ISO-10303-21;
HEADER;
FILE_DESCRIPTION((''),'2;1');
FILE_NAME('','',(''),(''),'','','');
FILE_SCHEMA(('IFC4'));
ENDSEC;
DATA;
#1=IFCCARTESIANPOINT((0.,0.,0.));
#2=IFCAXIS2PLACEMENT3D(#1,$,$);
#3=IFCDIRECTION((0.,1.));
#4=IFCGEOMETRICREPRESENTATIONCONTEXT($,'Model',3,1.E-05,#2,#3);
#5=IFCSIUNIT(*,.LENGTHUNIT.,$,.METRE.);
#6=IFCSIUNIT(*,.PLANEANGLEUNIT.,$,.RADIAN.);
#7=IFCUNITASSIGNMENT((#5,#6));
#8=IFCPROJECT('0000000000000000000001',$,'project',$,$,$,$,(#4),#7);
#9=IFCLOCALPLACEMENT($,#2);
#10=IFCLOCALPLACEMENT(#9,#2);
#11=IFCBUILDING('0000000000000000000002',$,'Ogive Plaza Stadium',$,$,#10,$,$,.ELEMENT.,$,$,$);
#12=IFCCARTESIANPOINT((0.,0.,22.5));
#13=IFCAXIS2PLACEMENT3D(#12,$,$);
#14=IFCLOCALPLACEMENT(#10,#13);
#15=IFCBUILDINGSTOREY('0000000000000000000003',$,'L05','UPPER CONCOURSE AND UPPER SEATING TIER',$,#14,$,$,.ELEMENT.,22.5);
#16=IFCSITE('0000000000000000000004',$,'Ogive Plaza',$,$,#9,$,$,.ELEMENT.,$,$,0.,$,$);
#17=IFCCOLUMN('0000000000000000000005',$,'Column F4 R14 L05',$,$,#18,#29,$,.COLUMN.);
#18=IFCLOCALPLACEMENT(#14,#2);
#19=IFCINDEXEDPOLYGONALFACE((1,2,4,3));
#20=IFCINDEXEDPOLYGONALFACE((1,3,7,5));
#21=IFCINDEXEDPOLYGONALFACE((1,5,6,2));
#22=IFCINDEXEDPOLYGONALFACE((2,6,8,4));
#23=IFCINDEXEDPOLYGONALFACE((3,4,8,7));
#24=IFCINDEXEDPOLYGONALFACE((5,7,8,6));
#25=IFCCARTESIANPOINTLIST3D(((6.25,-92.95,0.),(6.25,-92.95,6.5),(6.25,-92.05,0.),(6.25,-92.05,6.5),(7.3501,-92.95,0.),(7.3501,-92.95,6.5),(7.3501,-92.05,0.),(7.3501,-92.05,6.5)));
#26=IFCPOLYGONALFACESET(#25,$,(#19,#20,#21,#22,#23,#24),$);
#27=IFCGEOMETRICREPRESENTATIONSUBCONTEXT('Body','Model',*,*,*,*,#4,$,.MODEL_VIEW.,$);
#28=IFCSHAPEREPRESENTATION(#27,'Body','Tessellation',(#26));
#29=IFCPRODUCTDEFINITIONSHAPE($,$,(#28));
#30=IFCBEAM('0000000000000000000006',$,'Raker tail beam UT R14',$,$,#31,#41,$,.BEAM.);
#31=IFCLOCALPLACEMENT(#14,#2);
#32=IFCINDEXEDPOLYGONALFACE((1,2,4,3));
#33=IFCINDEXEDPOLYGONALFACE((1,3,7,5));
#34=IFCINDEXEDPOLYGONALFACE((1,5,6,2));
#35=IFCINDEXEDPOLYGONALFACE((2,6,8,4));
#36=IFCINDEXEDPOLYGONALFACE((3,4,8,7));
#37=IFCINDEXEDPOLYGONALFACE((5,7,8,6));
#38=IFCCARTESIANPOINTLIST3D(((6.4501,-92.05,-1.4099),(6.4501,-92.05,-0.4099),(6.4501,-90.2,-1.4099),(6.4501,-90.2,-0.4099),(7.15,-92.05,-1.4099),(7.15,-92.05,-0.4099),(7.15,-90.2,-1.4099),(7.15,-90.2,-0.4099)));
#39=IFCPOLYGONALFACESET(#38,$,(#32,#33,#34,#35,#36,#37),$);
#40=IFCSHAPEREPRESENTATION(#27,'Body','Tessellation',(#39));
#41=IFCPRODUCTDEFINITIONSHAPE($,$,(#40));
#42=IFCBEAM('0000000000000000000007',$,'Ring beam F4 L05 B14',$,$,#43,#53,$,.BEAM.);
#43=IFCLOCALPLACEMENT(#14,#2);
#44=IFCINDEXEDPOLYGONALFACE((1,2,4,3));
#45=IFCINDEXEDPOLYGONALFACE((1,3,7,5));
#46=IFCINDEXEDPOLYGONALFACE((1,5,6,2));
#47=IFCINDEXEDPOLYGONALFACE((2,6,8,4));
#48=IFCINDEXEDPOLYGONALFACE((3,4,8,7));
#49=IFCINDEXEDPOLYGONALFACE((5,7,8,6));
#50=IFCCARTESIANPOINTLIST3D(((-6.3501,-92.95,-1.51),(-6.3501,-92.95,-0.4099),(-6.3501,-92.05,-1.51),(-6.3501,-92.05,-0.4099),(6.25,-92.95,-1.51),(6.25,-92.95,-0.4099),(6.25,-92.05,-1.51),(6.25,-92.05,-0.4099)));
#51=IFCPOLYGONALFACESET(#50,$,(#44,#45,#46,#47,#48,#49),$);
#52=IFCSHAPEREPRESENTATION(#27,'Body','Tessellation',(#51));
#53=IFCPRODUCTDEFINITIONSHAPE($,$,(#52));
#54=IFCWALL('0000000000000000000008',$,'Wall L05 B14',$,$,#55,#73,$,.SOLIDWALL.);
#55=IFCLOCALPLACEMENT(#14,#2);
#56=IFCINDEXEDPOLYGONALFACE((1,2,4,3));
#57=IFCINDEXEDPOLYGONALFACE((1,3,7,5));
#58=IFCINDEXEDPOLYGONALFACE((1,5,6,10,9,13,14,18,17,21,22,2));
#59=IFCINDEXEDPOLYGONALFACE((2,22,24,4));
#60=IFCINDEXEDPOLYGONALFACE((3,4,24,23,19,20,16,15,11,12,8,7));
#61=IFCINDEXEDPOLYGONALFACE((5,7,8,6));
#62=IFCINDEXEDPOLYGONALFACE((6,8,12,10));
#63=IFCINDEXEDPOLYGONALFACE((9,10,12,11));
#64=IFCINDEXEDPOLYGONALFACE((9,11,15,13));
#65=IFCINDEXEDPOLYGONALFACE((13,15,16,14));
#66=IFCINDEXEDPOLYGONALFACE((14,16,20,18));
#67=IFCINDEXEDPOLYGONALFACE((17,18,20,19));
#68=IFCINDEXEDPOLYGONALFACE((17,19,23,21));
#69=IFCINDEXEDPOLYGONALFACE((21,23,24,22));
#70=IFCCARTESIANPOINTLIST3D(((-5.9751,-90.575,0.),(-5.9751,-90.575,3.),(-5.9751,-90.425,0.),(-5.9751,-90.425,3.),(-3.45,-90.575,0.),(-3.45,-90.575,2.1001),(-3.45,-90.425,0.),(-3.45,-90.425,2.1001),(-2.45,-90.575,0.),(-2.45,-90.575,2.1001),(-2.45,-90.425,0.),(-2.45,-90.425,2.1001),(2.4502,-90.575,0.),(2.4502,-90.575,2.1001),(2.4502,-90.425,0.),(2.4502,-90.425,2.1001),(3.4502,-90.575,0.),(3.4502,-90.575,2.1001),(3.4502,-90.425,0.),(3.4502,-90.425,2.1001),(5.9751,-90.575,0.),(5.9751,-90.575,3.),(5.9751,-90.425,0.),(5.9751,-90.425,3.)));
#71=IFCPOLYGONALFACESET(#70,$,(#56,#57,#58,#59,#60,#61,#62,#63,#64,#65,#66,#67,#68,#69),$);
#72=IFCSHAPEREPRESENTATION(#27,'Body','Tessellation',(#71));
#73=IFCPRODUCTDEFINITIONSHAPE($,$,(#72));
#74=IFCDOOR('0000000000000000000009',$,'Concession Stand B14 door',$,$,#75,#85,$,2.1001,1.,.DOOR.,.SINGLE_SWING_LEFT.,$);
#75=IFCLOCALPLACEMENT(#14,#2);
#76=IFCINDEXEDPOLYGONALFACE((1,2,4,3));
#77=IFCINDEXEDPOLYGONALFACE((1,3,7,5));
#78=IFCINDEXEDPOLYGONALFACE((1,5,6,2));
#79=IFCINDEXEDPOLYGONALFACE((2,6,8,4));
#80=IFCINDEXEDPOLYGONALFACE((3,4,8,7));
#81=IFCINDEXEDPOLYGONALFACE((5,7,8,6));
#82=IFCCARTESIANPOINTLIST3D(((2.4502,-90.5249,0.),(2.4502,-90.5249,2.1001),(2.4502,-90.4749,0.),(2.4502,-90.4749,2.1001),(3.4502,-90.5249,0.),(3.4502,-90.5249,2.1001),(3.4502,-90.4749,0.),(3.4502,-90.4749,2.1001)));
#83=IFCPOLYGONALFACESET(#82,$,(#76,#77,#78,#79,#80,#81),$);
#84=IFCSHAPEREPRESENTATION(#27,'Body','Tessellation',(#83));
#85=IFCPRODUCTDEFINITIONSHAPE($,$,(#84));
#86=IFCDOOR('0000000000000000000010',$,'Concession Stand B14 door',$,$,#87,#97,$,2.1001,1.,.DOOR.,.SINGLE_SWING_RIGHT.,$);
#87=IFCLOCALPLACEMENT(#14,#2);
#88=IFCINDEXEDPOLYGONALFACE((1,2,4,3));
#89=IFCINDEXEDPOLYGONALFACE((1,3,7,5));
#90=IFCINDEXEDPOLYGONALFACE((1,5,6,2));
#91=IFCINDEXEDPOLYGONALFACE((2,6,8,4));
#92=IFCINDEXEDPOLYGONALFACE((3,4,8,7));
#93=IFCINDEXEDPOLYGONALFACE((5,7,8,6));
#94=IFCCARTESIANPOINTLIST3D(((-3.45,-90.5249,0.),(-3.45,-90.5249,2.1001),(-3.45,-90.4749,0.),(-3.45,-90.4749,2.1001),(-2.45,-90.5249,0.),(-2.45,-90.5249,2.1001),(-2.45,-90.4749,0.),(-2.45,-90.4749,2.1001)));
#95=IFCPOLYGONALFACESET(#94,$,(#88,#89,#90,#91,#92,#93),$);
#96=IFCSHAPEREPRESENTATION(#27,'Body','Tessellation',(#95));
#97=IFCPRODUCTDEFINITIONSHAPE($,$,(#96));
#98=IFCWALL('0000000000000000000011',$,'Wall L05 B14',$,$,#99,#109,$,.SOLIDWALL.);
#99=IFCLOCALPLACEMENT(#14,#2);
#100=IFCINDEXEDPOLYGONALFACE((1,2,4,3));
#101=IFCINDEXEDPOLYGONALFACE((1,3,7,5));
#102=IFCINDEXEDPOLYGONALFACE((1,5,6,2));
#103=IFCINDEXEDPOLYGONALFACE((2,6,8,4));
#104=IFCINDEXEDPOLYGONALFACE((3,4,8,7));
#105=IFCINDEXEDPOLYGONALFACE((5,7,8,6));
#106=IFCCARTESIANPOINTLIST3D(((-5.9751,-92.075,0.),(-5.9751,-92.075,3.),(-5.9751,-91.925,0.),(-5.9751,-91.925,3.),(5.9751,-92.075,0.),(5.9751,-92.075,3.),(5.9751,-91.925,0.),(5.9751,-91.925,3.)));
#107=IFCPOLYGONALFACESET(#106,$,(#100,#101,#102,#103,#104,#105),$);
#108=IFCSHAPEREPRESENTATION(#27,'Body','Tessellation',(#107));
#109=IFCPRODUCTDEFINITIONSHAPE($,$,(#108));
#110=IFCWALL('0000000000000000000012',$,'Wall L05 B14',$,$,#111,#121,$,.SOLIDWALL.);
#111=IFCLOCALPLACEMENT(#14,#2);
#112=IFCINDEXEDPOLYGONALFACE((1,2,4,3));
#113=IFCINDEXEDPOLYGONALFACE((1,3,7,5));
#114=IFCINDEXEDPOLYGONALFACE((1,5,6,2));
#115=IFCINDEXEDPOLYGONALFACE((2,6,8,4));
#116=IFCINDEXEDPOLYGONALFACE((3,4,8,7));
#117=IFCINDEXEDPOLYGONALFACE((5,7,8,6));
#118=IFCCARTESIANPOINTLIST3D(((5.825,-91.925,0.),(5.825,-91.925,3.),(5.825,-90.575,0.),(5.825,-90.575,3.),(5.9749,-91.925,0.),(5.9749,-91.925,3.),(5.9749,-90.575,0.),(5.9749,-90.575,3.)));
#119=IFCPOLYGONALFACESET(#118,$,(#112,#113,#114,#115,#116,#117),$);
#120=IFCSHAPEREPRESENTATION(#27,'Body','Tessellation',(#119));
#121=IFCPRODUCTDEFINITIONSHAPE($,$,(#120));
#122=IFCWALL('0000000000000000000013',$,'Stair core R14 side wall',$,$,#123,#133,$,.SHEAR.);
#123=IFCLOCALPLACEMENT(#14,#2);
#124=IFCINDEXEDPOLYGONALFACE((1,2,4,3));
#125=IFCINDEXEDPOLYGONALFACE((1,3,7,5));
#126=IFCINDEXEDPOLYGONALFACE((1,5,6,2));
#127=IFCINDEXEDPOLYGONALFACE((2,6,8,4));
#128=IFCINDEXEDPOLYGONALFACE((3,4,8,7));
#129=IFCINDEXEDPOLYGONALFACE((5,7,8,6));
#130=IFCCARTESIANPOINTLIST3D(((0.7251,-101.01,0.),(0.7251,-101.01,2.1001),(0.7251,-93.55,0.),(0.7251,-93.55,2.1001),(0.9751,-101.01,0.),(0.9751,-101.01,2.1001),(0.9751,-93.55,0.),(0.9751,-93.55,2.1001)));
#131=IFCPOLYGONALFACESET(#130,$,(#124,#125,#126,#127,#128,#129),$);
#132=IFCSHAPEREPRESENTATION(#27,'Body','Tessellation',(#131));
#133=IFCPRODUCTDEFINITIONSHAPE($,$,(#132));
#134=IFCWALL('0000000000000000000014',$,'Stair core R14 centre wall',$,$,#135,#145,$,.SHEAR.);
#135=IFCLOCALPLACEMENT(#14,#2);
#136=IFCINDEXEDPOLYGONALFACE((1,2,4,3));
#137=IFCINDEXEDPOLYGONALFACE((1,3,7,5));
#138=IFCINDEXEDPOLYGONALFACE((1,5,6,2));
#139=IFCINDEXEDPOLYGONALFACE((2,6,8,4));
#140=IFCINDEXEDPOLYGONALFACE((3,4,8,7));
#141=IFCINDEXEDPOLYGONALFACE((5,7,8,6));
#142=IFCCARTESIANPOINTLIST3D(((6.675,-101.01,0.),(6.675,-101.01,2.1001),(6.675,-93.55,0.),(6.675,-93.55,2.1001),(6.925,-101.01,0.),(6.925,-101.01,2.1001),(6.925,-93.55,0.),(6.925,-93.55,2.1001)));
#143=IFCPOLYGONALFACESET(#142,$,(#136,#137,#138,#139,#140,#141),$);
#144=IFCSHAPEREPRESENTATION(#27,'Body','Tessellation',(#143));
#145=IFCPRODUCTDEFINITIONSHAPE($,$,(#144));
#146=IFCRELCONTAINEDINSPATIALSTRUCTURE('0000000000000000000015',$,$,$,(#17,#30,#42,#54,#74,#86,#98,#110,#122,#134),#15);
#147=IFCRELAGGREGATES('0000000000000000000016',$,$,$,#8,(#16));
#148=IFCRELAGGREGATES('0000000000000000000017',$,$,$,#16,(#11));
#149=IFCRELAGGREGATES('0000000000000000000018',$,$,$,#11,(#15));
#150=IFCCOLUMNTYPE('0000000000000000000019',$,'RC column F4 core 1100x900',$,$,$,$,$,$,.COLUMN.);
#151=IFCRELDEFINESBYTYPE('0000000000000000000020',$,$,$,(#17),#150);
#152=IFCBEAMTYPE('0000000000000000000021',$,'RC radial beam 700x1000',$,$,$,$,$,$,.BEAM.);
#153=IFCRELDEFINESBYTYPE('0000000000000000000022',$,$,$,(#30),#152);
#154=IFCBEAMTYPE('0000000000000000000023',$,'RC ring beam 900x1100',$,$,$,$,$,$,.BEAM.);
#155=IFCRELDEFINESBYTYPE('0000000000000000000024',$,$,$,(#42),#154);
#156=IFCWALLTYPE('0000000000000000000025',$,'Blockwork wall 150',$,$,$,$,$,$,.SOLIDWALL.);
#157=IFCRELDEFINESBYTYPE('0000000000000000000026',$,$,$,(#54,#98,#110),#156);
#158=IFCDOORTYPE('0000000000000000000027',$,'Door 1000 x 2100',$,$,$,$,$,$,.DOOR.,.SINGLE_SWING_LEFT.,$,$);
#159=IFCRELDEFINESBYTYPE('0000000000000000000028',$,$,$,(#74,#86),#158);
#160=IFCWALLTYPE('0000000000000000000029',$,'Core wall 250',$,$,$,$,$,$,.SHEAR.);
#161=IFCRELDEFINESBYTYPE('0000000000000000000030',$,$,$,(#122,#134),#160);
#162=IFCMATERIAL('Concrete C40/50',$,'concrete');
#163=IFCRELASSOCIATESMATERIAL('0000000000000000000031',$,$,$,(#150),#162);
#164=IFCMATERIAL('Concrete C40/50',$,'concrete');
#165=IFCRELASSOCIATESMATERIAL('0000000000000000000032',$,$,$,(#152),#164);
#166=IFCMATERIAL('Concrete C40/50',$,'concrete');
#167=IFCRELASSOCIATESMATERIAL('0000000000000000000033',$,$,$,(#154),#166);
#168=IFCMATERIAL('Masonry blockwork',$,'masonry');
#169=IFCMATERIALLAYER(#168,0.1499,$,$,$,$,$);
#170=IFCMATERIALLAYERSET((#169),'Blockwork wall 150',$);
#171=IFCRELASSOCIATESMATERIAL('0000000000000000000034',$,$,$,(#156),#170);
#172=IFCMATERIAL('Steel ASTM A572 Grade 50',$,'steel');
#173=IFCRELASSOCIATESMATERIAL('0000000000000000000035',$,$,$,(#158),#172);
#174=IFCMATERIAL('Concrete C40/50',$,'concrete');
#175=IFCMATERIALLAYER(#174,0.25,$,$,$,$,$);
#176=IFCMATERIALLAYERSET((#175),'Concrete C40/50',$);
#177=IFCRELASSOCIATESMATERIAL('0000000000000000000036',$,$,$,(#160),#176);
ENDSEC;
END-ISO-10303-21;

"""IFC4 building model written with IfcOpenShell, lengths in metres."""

from ifc_helpers import new_model, si_unit, direction, frame, frame_2d, origin, origin_2d, place, context, subcontext, project, spatial, rectangle, extrude, material, layer, layer_set, material_profile, profile_set, type_object, element, fill, save


model = new_model("IFC4")

# Units and contexts
model_context = context("Model", 3, precision=1e-05, world=origin(), true_north=direction((0.0, 1.0)))
body_context = subcontext(model_context, "Body", "Model", "MODEL_VIEW")
ifc_project = project(units=[si_unit("LENGTHUNIT", "METRE"), si_unit("PLANEANGLEUNIT", "RADIAN")], contexts=[model_context])

# Site, building, storey
site_placement = place(None, origin())
site = spatial("IfcSite", under=ifc_project, at=site_placement, Name="Ogive Plaza", CompositionType="ELEMENT", RefElevation=0.0)
building_placement = place(site_placement, origin())
building = spatial("IfcBuilding", under=site, at=building_placement, Name="Ogive Plaza Stadium", CompositionType="ELEMENT")
storey_placement = place(building_placement, frame((0.0, 0.0, 22.5)))
storey = spatial("IfcBuildingStorey", under=building, at=storey_placement, Name="L05", Description="UPPER CONCOURSE AND UPPER SEATING TIER", CompositionType="ELEMENT", Elevation=22.5)

# Column
ifc_material_1 = material(Name="Concrete C40/50", Category="concrete")
ifc_material_profile_1 = material_profile(ifc_material_1, rectangle(XDim=1.1001, YDim=0.8999, at=origin_2d()), Name="RC 1100x900")
ifc_profile_set_1 = profile_set([ifc_material_profile_1], Name="Concrete C40/50")
column_type = type_object("IfcColumnType", Name="RC column F4 core 1100x900", PredefinedType="COLUMN", material=ifc_profile_set_1)
column_placement = place(storey_placement, frame((6.8, -92.5, 0.0), z_axis=(0.0, 0.0, 1.0), x_axis=(1.0, 0.0, 0.0)))
element("IfcColumn", 1, at=column_placement, inside=storey, type_object=column_type, Name="Column F4 R14 L05", PredefinedType="COLUMN", context=body_context, shape_type="SweptSolid", body=[
    extrude(rectangle(XDim=1.1001, YDim=0.8999, at=origin_2d()), origin(), (0.0, 0.0, 1.0), 6.5),
])

# Beams
ifc_material_2 = material(Name="Concrete C40/50", Category="concrete")
ifc_material_profile_2 = material_profile(ifc_material_2, rectangle(XDim=0.7, YDim=1.0, at=origin_2d()), Name="RC 700x1000")
ifc_profile_set_2 = profile_set([ifc_material_profile_2], Name="Concrete C40/50")
beam_type_1 = type_object("IfcBeamType", Name="RC radial beam 700x1000", PredefinedType="BEAM", material=ifc_profile_set_2)
beam_1_placement = place(storey_placement, frame((6.8, -90.2, -0.9099), z_axis=(0.0, -1.0, 0.0), x_axis=(1.0, 0.0, 0.0)))
element("IfcBeam", 2, at=beam_1_placement, inside=storey, type_object=beam_type_1, Name="Raker tail beam UT R14", PredefinedType="BEAM", context=body_context, shape_type="SweptSolid", body=[
    extrude(rectangle(XDim=0.7, YDim=1.0, at=origin_2d()), origin(), (0.0, 0.0, 1.0), 1.8501),
])
ifc_material_3 = material(Name="Concrete C40/50", Category="concrete")
ifc_material_profile_3 = material_profile(ifc_material_3, rectangle(XDim=0.8999, YDim=1.1001, at=origin_2d()), Name="RC 900x1100")
ifc_profile_set_3 = profile_set([ifc_material_profile_3], Name="Concrete C40/50")
beam_type_2 = type_object("IfcBeamType", Name="RC ring beam 900x1100", PredefinedType="BEAM", material=ifc_profile_set_3)
beam_2_placement = place(storey_placement, frame((6.25, -92.5, -0.96), z_axis=(-1.0, 0.0, 0.0), x_axis=(0.0, -1.0, 0.0)))
element("IfcBeam", 3, at=beam_2_placement, inside=storey, type_object=beam_type_2, Name="Ring beam F4 L05 B14", PredefinedType="BEAM", context=body_context, shape_type="SweptSolid", body=[
    extrude(rectangle(XDim=0.8999, YDim=1.1001, at=origin_2d()), origin(), (0.0, 0.0, 1.0), 12.6001),
])

# Wall, openings, doors
ifc_material_4 = material(Name="Masonry blockwork", Category="masonry")
ifc_layer_1 = layer(ifc_material_4, 0.1499)
ifc_layer_set_1 = layer_set([ifc_layer_1], Name="Blockwork wall 150")
wall_type_1 = type_object("IfcWallType", Name="Blockwork wall 150", PredefinedType="SOLIDWALL", material=ifc_layer_set_1)
wall_1_placement = place(storey_placement, frame((5.9751, -90.5, 0.0), z_axis=(0.0, 0.0, 1.0), x_axis=(-1.0, 0.0, 0.0)))
wall_1 = element("IfcWall", 4, at=wall_1_placement, inside=storey, type_object=wall_type_1, Name="Wall L05 B14", PredefinedType="SOLIDWALL", context=body_context, shape_type="SweptSolid", body=[
    extrude(rectangle(XDim=11.9502, YDim=0.1499, at=frame_2d((5.9751, 0.0))), origin(), (0.0, 0.0, 1.0), 3.0),
])
opening_1_placement = place(wall_1_placement, frame((2.5249, 0.0, 0.0)))
opening_1 = element("IfcOpeningElement", 5, at=opening_1_placement, cuts=wall_1, PredefinedType="OPENING", context=body_context, shape_type="SweptSolid", body=[
    extrude(rectangle(XDim=1.0, YDim=2.1001, at=frame_2d((0.5, 1.05))), frame((0.0, 0.075, 0.0), z_axis=(0.0, -1.0, 0.0), x_axis=(1.0, 0.0, 0.0)), (0.0, 0.0, 1.0), 0.1499),
])
opening_2_placement = place(wall_1_placement, frame((8.425, 0.0, 0.0)))
opening_2 = element("IfcOpeningElement", 6, at=opening_2_placement, cuts=wall_1, PredefinedType="OPENING", context=body_context, shape_type="SweptSolid", body=[
    extrude(rectangle(XDim=1.0, YDim=2.1001, at=frame_2d((0.5, 1.05))), frame((0.0, 0.075, 0.0), z_axis=(0.0, -1.0, 0.0), x_axis=(1.0, 0.0, 0.0)), (0.0, 0.0, 1.0), 0.1499),
])
ifc_material_5 = material(Name="Steel ASTM A572 Grade 50", Category="steel")
door_type_1 = type_object("IfcDoorType", Name="Door 1000 x 2100", OperationType="SINGLE_SWING_LEFT", PredefinedType="DOOR", material=ifc_material_5)
door_1_placement = place(opening_1_placement, origin())
door_1 = element("IfcDoor", 7, at=door_1_placement, inside=storey, type_object=door_type_1, Name="Concession Stand B14 door", OperationType="SINGLE_SWING_LEFT", OverallHeight=2.1001, OverallWidth=1.0, PredefinedType="DOOR", context=body_context, shape_type="SweptSolid", body=[
    extrude(rectangle(XDim=1.0, YDim=2.1001, at=frame_2d((0.5, 1.05))), frame((0.0, 0.0249, 0.0), z_axis=(0.0, -1.0, 0.0), x_axis=(1.0, 0.0, 0.0)), (0.0, 0.0, 1.0), 0.05),
])
fill(opening_1, door_1)
door_2_placement = place(opening_2_placement, origin())
door_2 = element("IfcDoor", 8, at=door_2_placement, inside=storey, type_object=door_type_1, Name="Concession Stand B14 door", OperationType="SINGLE_SWING_RIGHT", OverallHeight=2.1001, OverallWidth=1.0, PredefinedType="DOOR", context=body_context, shape_type="SweptSolid", body=[
    extrude(rectangle(XDim=1.0, YDim=2.1001, at=frame_2d((0.5, 1.05))), frame((0.0, 0.0249, 0.0), z_axis=(0.0, -1.0, 0.0), x_axis=(1.0, 0.0, 0.0)), (0.0, 0.0, 1.0), 0.05),
])
fill(opening_2, door_2)

# Walls
wall_2_placement = place(storey_placement, frame((5.9751, -92.0, 0.0), z_axis=(0.0, 0.0, 1.0), x_axis=(-1.0, 0.0, 0.0)))
element("IfcWall", 9, at=wall_2_placement, inside=storey, type_object=wall_type_1, Name="Wall L05 B14", PredefinedType="SOLIDWALL", context=body_context, shape_type="SweptSolid", body=[
    extrude(rectangle(XDim=11.9502, YDim=0.1499, at=frame_2d((5.9751, 0.0))), origin(), (0.0, 0.0, 1.0), 3.0),
])
wall_3_placement = place(storey_placement, frame((5.8999, -90.575, 0.0), z_axis=(0.0, 0.0, 1.0), x_axis=(0.0, -1.0, 0.0)))
element("IfcWall", 10, at=wall_3_placement, inside=storey, type_object=wall_type_1, Name="Wall L05 B14", PredefinedType="SOLIDWALL", context=body_context, shape_type="SweptSolid", body=[
    extrude(rectangle(XDim=1.3501, YDim=0.1499, at=frame_2d((0.675, 0.0))), origin(), (0.0, 0.0, 1.0), 3.0),
])

# Shared definitions
ifc_material_6 = material(Name="Concrete C40/50", Category="concrete")
ifc_layer_2 = layer(ifc_material_6, 0.25)
ifc_layer_set_2 = layer_set([ifc_layer_2], Name="Concrete C40/50")
wall_type_2 = type_object("IfcWallType", Name="Core wall 250", PredefinedType="SHEAR", material=ifc_layer_set_2)

# Walls
for number, where, z_axis, x_axis, name in (
    (11, (0.8501, -93.55, 0.0), (0.0, 0.0, 1.0), (0.0, -1.0, 0.0), "Stair core R14 side wall"),
    (12, (6.8, -93.55, 0.0), (0.0, 0.0, 1.0), (0.0, -1.0, 0.0), "Stair core R14 centre wall"),
):
    element("IfcWall", number, at=place(storey_placement, frame(where, z_axis=z_axis, x_axis=x_axis)), inside=storey, type_object=wall_type_2, Name=name, PredefinedType="SHEAR", context=body_context, shape_type="SweptSolid", body=[
        extrude(rectangle(XDim=7.46, YDim=0.25, at=frame_2d((3.73, 0.0))), origin(), (0.0, 0.0, 1.0), 2.1001),
    ])

save(model, "model.ifc")
